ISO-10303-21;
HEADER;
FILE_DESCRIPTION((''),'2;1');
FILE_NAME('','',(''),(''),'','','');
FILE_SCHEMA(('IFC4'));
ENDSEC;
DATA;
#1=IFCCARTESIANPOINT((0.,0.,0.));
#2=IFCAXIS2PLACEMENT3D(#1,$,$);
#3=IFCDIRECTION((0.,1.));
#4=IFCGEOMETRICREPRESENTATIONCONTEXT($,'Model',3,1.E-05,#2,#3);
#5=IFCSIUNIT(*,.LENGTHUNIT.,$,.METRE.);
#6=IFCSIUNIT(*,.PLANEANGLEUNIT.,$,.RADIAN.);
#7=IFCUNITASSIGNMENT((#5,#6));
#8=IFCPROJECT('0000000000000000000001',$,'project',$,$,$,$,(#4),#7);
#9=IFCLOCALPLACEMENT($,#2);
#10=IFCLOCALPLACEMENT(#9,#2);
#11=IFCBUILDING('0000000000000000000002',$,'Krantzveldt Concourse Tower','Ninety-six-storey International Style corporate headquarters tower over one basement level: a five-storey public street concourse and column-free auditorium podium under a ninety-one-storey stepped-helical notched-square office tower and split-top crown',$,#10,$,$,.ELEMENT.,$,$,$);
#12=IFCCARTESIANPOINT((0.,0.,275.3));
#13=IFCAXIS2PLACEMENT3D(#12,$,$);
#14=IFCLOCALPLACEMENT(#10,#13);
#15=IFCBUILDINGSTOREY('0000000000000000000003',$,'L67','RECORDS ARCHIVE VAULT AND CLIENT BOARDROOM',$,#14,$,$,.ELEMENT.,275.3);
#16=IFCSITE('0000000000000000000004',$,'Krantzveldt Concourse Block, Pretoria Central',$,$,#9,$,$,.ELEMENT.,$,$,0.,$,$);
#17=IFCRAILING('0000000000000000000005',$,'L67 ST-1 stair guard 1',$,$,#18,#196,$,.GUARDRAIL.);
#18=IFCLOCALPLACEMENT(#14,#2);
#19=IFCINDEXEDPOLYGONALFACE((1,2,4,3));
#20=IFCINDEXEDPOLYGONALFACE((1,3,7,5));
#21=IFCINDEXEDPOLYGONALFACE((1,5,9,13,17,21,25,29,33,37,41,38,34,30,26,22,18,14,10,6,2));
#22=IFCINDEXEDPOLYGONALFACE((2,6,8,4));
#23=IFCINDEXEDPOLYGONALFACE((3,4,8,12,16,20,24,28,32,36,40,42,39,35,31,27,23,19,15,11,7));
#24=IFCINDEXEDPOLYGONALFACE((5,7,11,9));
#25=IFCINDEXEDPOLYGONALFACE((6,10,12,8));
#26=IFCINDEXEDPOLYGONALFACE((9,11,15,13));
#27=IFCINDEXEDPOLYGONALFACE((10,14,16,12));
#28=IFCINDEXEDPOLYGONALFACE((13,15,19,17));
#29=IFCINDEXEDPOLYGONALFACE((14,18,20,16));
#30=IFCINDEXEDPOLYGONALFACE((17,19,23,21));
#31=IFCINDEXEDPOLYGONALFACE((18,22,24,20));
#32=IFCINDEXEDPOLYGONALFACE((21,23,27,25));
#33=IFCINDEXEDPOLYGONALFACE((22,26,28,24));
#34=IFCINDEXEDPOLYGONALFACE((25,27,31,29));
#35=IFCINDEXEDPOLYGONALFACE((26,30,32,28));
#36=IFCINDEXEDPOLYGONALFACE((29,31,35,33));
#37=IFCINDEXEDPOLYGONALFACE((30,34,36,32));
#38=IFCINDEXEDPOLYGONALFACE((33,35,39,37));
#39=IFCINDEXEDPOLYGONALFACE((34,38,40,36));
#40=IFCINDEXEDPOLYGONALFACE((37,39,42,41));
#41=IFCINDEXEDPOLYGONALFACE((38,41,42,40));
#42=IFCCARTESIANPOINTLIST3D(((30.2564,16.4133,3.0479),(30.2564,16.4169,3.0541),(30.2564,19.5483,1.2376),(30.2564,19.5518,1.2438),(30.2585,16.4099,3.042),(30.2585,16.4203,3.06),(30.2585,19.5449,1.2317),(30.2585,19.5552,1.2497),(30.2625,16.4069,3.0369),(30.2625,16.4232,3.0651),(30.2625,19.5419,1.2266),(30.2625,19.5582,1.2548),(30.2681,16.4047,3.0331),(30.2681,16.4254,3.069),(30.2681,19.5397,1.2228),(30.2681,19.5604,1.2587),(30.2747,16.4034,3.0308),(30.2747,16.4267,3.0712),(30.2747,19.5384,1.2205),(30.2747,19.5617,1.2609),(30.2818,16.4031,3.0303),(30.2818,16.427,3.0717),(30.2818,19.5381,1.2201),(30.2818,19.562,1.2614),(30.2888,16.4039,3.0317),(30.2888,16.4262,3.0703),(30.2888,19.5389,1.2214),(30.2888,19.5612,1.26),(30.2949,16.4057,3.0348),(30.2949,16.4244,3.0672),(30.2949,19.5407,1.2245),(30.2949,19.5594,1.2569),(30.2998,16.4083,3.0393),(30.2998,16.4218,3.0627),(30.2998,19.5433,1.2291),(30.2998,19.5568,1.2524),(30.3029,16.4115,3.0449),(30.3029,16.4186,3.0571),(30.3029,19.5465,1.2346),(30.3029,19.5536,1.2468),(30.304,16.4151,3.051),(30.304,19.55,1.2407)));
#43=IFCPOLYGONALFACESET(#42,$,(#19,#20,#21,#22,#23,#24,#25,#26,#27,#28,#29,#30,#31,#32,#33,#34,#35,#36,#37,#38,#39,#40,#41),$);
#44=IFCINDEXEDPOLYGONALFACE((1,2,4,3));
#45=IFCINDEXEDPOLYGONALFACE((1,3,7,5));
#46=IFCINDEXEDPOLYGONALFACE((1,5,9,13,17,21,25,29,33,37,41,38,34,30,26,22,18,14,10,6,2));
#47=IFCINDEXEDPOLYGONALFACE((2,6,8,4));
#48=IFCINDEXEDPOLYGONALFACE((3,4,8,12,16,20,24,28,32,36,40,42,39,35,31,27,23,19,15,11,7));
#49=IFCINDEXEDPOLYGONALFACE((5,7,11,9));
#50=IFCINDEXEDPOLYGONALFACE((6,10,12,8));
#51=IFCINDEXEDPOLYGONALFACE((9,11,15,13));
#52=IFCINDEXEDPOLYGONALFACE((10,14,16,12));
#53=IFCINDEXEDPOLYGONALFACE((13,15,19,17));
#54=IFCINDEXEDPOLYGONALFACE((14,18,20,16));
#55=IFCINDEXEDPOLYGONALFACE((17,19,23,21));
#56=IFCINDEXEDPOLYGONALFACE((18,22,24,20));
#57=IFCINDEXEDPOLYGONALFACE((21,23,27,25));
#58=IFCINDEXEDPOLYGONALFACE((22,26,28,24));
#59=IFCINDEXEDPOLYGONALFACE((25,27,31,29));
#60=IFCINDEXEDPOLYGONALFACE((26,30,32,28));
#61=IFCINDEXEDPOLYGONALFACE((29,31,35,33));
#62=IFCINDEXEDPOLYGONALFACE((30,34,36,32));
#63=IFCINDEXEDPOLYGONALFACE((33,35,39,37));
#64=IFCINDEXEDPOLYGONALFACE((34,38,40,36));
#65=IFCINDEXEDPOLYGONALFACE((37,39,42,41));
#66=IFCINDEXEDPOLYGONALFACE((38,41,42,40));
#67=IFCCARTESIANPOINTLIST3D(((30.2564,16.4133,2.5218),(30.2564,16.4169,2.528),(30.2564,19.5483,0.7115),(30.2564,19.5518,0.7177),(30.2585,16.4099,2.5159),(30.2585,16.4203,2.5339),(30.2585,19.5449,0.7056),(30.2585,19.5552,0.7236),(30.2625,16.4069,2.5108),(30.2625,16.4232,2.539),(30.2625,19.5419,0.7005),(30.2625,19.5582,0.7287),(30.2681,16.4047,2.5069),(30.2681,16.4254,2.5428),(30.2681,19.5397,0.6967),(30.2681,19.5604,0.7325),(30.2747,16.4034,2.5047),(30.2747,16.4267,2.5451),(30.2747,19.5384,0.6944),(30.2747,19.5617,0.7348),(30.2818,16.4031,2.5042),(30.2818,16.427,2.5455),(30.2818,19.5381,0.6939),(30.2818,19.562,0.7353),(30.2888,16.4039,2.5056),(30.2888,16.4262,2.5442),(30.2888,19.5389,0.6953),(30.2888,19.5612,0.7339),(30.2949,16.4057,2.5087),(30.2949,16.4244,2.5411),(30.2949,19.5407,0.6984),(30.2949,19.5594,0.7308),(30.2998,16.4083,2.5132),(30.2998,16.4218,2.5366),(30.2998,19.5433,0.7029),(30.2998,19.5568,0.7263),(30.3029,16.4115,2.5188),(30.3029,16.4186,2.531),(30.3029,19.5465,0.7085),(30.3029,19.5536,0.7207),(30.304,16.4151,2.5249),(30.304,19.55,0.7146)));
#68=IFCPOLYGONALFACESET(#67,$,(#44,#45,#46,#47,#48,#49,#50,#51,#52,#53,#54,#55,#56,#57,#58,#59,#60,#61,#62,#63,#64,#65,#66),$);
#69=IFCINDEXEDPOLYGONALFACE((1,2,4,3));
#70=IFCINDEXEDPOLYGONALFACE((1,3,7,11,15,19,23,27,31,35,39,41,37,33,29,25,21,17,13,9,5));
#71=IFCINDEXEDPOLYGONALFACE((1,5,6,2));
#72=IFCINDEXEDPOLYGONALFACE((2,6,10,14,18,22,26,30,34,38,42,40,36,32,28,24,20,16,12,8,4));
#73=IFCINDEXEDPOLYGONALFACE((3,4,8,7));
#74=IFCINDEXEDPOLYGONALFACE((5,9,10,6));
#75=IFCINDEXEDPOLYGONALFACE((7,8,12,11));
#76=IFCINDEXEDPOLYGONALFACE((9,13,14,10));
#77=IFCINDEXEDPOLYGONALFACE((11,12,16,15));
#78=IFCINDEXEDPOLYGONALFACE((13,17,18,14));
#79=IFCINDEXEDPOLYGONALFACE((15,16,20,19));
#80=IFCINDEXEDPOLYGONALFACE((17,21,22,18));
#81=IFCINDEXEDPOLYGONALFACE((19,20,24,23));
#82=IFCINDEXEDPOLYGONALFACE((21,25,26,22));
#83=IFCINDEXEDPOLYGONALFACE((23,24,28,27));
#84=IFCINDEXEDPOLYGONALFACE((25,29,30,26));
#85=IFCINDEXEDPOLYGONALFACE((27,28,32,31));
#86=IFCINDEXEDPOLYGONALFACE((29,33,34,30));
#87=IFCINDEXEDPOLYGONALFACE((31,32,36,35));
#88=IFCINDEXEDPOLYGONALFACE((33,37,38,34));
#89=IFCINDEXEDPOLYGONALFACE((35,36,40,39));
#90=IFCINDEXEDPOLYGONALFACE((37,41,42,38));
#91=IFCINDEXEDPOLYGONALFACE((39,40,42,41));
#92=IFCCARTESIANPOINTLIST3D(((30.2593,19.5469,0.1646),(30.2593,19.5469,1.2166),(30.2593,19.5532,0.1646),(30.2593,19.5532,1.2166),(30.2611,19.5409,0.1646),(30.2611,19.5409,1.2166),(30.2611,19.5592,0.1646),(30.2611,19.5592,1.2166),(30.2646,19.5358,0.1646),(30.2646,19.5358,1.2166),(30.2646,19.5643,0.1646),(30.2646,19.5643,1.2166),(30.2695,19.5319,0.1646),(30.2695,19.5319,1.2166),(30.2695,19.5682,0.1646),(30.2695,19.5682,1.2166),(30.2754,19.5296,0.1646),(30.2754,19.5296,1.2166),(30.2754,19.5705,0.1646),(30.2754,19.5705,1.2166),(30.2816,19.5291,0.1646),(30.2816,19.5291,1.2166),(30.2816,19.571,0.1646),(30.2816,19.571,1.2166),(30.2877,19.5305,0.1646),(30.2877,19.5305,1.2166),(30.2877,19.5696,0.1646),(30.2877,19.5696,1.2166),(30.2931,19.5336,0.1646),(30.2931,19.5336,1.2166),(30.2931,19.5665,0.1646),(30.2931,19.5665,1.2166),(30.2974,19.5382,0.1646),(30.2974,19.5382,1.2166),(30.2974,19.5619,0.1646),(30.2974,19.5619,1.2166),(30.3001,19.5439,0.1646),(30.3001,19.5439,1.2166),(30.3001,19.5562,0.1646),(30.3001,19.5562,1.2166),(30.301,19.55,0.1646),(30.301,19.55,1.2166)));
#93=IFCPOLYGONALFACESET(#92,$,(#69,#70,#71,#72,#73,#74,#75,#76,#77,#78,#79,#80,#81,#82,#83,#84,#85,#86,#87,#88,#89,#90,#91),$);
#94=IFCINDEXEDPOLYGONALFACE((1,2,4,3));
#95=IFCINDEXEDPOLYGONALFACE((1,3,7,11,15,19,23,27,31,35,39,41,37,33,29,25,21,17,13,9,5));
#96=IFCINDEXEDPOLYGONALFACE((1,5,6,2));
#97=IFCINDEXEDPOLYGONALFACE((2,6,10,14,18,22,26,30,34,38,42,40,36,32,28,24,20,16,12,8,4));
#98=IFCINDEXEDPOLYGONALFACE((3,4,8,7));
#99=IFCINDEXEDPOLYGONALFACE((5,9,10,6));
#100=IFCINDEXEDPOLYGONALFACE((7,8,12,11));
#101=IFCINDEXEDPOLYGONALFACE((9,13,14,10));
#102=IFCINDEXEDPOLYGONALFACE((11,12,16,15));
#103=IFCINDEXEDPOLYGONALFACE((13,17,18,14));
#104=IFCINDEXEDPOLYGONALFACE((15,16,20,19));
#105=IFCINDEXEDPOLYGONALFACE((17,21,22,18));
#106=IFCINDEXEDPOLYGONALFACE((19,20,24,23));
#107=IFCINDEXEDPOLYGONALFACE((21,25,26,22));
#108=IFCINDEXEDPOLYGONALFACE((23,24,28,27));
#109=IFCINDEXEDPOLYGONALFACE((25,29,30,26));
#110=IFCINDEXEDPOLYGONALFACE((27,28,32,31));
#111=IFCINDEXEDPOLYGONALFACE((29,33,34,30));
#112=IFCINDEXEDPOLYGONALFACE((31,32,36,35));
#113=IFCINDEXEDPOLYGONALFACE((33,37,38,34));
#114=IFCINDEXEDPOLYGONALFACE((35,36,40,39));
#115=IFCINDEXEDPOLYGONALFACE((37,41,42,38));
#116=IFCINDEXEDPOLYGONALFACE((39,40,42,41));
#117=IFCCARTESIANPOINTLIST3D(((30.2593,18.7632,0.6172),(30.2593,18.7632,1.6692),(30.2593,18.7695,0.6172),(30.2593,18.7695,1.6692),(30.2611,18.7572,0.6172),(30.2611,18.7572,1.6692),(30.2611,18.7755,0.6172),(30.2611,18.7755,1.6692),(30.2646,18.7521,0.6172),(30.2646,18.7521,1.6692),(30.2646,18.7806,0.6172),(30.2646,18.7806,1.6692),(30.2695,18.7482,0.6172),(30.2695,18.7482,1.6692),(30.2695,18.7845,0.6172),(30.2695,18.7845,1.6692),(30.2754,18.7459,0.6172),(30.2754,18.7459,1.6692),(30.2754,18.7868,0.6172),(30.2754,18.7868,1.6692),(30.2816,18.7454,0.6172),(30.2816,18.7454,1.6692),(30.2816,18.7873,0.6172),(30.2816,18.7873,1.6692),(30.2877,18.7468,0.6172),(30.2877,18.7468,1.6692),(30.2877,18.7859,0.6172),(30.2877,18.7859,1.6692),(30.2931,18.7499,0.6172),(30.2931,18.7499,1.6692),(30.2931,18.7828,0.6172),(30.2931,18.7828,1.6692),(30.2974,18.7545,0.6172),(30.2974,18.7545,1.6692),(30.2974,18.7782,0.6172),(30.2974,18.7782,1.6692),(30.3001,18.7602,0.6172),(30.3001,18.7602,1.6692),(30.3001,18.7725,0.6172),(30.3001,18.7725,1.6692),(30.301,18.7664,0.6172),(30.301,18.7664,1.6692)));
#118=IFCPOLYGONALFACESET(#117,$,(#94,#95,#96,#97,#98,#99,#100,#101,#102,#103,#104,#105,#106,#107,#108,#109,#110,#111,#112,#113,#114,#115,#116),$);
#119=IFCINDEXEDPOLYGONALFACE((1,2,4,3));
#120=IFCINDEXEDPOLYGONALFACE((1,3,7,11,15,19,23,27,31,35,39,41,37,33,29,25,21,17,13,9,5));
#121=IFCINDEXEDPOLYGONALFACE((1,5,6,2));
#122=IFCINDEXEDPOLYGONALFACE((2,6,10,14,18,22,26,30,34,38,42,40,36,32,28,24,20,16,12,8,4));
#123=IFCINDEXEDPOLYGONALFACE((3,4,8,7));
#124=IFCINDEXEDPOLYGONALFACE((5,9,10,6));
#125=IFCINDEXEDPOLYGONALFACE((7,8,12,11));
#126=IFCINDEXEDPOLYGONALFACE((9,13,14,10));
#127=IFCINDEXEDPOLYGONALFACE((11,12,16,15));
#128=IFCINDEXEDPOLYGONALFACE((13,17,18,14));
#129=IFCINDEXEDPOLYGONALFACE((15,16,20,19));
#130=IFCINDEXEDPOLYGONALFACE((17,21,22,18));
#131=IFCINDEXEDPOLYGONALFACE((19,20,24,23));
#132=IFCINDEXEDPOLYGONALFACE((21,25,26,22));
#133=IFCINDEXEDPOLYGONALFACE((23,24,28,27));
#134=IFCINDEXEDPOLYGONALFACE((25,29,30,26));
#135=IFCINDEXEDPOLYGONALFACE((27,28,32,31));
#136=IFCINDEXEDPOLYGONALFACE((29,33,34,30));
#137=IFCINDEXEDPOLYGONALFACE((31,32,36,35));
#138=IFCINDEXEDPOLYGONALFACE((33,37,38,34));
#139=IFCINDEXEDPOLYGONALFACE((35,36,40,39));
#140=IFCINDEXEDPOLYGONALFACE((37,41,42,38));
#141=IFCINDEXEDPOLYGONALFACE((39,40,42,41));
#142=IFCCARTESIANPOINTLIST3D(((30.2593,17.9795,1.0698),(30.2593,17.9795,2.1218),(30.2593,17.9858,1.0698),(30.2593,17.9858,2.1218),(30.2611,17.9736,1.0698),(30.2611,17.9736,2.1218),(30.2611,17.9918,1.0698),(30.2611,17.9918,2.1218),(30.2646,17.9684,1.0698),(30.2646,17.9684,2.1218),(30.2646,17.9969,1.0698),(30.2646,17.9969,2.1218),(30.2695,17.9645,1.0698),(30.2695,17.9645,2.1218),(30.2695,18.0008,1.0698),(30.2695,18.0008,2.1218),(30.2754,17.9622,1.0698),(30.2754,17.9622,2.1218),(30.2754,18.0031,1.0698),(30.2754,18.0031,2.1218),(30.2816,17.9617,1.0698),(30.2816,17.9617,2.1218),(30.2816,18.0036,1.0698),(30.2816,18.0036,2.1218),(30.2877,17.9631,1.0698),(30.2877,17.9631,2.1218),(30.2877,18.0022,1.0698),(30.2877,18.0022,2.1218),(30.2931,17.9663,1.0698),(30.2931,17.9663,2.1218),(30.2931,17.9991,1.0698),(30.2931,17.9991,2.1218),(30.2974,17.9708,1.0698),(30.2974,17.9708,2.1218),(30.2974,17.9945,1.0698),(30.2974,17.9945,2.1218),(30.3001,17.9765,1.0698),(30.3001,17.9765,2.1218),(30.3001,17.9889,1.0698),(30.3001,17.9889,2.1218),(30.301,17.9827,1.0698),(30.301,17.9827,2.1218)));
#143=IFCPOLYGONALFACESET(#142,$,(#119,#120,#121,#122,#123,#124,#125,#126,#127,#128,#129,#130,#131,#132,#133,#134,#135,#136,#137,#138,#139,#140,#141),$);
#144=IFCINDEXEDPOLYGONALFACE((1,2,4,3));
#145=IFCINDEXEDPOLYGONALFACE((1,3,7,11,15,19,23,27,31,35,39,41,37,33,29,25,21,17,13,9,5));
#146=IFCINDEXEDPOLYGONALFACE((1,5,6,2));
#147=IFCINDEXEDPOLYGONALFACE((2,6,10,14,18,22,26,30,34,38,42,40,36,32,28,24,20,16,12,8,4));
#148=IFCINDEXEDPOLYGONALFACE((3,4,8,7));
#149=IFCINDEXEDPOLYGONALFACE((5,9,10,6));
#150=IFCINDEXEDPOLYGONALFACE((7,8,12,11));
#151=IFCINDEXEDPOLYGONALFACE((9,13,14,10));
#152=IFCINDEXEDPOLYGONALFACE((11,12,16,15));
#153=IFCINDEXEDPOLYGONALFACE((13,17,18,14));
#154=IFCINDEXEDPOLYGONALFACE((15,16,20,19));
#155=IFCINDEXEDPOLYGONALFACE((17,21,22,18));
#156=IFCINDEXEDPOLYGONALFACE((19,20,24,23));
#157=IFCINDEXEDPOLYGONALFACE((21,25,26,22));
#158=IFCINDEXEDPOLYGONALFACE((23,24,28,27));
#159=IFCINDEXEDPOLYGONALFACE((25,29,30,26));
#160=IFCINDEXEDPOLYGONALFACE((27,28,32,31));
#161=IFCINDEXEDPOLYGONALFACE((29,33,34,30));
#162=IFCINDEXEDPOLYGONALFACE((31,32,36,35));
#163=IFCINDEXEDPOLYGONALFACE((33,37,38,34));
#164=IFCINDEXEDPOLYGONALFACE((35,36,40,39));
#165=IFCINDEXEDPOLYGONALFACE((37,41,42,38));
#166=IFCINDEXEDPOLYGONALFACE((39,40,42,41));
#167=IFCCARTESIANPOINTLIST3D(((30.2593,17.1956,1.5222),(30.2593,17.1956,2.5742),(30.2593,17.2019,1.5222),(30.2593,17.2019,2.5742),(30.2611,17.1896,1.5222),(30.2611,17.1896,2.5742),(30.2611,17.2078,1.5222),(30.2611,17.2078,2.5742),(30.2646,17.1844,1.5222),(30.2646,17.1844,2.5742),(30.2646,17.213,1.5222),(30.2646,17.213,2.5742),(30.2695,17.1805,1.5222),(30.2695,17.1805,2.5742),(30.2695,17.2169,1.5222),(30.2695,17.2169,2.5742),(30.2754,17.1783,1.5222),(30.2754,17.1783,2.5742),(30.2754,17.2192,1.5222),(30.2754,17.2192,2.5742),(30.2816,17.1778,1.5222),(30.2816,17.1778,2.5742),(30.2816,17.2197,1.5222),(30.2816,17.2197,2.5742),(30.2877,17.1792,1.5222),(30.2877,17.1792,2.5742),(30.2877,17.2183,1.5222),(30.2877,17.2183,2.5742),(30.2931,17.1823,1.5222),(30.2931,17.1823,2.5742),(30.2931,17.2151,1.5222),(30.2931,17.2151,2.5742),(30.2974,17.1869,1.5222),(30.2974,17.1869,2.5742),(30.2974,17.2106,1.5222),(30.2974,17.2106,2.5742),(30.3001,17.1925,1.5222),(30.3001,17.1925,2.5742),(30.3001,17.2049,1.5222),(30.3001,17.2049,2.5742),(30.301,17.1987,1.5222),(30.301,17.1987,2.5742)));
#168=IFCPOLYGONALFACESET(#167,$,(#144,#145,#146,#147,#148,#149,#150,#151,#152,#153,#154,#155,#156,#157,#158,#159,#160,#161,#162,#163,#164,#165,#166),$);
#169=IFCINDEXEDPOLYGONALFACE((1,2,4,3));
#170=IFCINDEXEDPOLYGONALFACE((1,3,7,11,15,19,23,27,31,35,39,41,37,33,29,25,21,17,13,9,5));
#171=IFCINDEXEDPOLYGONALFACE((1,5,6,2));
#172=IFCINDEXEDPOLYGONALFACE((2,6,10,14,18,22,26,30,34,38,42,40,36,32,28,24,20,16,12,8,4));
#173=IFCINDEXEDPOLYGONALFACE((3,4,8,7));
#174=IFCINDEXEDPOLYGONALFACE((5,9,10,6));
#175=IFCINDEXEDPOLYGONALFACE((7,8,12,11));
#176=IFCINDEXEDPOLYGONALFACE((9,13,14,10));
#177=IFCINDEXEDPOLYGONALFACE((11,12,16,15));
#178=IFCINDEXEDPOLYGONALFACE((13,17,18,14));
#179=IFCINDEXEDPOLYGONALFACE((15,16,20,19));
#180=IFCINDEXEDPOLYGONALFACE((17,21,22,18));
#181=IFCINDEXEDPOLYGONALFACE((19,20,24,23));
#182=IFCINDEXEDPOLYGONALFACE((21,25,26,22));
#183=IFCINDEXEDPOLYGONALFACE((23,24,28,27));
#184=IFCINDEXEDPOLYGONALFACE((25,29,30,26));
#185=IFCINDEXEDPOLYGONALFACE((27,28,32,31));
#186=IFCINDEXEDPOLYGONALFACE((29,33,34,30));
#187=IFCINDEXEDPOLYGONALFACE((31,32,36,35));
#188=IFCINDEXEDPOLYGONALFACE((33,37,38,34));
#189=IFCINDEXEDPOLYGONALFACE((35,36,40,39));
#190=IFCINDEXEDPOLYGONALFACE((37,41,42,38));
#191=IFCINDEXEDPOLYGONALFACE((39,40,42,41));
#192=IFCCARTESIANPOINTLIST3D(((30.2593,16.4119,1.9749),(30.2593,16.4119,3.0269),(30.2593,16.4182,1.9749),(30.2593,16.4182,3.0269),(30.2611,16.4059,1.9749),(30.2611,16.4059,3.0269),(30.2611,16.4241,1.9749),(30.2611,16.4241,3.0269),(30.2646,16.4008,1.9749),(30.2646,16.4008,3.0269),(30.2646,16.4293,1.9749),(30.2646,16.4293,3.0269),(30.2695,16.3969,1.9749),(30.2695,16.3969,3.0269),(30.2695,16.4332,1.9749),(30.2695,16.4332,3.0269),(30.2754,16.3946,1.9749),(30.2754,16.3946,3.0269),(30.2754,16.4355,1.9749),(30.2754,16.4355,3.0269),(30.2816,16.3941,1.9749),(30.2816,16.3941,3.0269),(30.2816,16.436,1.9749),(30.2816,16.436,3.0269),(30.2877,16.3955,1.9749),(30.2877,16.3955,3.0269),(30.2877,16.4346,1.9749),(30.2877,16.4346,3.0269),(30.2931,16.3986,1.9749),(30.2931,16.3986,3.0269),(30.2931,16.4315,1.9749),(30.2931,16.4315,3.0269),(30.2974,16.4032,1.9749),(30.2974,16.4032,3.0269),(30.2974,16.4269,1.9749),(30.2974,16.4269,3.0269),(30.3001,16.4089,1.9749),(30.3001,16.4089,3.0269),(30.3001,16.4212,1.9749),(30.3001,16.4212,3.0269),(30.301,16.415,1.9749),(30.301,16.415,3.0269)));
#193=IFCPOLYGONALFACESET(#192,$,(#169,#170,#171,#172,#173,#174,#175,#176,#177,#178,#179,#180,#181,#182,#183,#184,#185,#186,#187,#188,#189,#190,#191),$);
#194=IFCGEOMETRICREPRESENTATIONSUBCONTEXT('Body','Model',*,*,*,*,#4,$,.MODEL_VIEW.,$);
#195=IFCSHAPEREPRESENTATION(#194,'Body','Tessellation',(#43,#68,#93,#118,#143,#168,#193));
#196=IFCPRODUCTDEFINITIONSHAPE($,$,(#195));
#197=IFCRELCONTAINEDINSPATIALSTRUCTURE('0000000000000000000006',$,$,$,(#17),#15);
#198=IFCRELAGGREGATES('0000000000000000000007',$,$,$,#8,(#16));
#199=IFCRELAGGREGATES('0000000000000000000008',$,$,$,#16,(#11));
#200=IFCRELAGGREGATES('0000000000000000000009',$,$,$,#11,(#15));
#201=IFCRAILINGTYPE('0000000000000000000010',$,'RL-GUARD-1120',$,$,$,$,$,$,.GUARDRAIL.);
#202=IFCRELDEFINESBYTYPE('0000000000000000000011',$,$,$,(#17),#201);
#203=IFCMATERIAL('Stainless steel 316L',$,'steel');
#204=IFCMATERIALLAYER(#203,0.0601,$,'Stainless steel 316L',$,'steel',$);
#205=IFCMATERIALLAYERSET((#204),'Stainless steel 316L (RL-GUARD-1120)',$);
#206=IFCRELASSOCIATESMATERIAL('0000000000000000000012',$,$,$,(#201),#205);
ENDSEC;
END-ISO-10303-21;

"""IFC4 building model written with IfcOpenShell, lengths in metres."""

from ifc_helpers import new_model, si_unit, direction, frame, origin, origin_2d, place, context, subcontext, project, spatial, circle, extrude, material, layer, layer_set, type_object, element, save


model = new_model("IFC4")

# Units and contexts
model_context = context("Model", 3, precision=1e-05, world=origin(), true_north=direction((0.0, 1.0)))
body_context = subcontext(model_context, "Body", "Model", "MODEL_VIEW")
ifc_project = project(units=[si_unit("LENGTHUNIT", "METRE"), si_unit("PLANEANGLEUNIT", "RADIAN")], contexts=[model_context])

# Site, building, storey
site_placement = place(None, origin())
site = spatial("IfcSite", under=ifc_project, at=site_placement, Name="Krantzveldt Concourse Block, Pretoria Central", CompositionType="ELEMENT", RefElevation=0.0)
building_placement = place(site_placement, origin())
building = spatial("IfcBuilding", under=site, at=building_placement, Name="Krantzveldt Concourse Tower", Description="Ninety-six-storey International Style corporate headquarters tower over one basement level: a five-storey public street concourse and column-free auditorium podium under a ninety-one-storey stepped-helical notched-square office tower and split-top crown", CompositionType="ELEMENT")
storey_placement = place(building_placement, frame((0.0, 0.0, 275.3)))
storey = spatial("IfcBuildingStorey", under=building, at=storey_placement, Name="L67", Description="RECORDS ARCHIVE VAULT AND CLIENT BOARDROOM", CompositionType="ELEMENT", Elevation=275.3)

# Railing
ifc_material_1 = material(Name="Stainless steel 316L", Category="steel")
ifc_layer_1 = layer(ifc_material_1, 0.0601, Name="Stainless steel 316L", Category="steel")
ifc_layer_set_1 = layer_set([ifc_layer_1], Name="Stainless steel 316L (RL-GUARD-1120)")
railing_type_1 = type_object("IfcRailingType", Name="RL-GUARD-1120", PredefinedType="GUARDRAIL", material=ifc_layer_set_1)
railing_1_placement = place(storey_placement, frame((30.28, 19.55, 0.1646)))
element("IfcRailing", 1, at=railing_1_placement, inside=storey, type_object=railing_type_1, Name="L67 ST-1 stair guard 1", PredefinedType="GUARDRAIL", context=body_context, shape_type="SweptSolid", body=[
    extrude(circle(Radius=0.0239, at=origin_2d()), frame((0.0, 0.0, 1.0762), z_axis=(0.0, -0.865989, 0.500063), x_axis=(1.0, 0.0, 0.0)), (0.0, 0.0, 1.0), 3.6201),
    extrude(circle(Radius=0.0239, at=origin_2d()), frame((0.0, 0.0, 0.55), z_axis=(0.0, -0.865989, 0.500063), x_axis=(1.0, 0.0, 0.0)), (0.0, 0.0, 1.0), 3.6201),
    extrude(circle(Radius=0.021, at=origin_2d()), origin(), (0.0, 0.0, 1.0), 1.052),
    extrude(circle(Radius=0.021, at=origin_2d()), frame((0.0, -0.7837, 0.4526)), (0.0, 0.0, 1.0), 1.052),
    extrude(circle(Radius=0.021, at=origin_2d()), frame((0.0, -1.5674, 0.9053)), (0.0, 0.0, 1.0), 1.052),
    extrude(circle(Radius=0.021, at=origin_2d()), frame((0.0, -2.3513, 1.3577)), (0.0, 0.0, 1.0), 1.052),
    extrude(circle(Radius=0.021, at=origin_2d()), frame((0.0, -3.135, 1.8103)), (0.0, 0.0, 1.0), 1.052),
])

save(model, "model.ifc")
